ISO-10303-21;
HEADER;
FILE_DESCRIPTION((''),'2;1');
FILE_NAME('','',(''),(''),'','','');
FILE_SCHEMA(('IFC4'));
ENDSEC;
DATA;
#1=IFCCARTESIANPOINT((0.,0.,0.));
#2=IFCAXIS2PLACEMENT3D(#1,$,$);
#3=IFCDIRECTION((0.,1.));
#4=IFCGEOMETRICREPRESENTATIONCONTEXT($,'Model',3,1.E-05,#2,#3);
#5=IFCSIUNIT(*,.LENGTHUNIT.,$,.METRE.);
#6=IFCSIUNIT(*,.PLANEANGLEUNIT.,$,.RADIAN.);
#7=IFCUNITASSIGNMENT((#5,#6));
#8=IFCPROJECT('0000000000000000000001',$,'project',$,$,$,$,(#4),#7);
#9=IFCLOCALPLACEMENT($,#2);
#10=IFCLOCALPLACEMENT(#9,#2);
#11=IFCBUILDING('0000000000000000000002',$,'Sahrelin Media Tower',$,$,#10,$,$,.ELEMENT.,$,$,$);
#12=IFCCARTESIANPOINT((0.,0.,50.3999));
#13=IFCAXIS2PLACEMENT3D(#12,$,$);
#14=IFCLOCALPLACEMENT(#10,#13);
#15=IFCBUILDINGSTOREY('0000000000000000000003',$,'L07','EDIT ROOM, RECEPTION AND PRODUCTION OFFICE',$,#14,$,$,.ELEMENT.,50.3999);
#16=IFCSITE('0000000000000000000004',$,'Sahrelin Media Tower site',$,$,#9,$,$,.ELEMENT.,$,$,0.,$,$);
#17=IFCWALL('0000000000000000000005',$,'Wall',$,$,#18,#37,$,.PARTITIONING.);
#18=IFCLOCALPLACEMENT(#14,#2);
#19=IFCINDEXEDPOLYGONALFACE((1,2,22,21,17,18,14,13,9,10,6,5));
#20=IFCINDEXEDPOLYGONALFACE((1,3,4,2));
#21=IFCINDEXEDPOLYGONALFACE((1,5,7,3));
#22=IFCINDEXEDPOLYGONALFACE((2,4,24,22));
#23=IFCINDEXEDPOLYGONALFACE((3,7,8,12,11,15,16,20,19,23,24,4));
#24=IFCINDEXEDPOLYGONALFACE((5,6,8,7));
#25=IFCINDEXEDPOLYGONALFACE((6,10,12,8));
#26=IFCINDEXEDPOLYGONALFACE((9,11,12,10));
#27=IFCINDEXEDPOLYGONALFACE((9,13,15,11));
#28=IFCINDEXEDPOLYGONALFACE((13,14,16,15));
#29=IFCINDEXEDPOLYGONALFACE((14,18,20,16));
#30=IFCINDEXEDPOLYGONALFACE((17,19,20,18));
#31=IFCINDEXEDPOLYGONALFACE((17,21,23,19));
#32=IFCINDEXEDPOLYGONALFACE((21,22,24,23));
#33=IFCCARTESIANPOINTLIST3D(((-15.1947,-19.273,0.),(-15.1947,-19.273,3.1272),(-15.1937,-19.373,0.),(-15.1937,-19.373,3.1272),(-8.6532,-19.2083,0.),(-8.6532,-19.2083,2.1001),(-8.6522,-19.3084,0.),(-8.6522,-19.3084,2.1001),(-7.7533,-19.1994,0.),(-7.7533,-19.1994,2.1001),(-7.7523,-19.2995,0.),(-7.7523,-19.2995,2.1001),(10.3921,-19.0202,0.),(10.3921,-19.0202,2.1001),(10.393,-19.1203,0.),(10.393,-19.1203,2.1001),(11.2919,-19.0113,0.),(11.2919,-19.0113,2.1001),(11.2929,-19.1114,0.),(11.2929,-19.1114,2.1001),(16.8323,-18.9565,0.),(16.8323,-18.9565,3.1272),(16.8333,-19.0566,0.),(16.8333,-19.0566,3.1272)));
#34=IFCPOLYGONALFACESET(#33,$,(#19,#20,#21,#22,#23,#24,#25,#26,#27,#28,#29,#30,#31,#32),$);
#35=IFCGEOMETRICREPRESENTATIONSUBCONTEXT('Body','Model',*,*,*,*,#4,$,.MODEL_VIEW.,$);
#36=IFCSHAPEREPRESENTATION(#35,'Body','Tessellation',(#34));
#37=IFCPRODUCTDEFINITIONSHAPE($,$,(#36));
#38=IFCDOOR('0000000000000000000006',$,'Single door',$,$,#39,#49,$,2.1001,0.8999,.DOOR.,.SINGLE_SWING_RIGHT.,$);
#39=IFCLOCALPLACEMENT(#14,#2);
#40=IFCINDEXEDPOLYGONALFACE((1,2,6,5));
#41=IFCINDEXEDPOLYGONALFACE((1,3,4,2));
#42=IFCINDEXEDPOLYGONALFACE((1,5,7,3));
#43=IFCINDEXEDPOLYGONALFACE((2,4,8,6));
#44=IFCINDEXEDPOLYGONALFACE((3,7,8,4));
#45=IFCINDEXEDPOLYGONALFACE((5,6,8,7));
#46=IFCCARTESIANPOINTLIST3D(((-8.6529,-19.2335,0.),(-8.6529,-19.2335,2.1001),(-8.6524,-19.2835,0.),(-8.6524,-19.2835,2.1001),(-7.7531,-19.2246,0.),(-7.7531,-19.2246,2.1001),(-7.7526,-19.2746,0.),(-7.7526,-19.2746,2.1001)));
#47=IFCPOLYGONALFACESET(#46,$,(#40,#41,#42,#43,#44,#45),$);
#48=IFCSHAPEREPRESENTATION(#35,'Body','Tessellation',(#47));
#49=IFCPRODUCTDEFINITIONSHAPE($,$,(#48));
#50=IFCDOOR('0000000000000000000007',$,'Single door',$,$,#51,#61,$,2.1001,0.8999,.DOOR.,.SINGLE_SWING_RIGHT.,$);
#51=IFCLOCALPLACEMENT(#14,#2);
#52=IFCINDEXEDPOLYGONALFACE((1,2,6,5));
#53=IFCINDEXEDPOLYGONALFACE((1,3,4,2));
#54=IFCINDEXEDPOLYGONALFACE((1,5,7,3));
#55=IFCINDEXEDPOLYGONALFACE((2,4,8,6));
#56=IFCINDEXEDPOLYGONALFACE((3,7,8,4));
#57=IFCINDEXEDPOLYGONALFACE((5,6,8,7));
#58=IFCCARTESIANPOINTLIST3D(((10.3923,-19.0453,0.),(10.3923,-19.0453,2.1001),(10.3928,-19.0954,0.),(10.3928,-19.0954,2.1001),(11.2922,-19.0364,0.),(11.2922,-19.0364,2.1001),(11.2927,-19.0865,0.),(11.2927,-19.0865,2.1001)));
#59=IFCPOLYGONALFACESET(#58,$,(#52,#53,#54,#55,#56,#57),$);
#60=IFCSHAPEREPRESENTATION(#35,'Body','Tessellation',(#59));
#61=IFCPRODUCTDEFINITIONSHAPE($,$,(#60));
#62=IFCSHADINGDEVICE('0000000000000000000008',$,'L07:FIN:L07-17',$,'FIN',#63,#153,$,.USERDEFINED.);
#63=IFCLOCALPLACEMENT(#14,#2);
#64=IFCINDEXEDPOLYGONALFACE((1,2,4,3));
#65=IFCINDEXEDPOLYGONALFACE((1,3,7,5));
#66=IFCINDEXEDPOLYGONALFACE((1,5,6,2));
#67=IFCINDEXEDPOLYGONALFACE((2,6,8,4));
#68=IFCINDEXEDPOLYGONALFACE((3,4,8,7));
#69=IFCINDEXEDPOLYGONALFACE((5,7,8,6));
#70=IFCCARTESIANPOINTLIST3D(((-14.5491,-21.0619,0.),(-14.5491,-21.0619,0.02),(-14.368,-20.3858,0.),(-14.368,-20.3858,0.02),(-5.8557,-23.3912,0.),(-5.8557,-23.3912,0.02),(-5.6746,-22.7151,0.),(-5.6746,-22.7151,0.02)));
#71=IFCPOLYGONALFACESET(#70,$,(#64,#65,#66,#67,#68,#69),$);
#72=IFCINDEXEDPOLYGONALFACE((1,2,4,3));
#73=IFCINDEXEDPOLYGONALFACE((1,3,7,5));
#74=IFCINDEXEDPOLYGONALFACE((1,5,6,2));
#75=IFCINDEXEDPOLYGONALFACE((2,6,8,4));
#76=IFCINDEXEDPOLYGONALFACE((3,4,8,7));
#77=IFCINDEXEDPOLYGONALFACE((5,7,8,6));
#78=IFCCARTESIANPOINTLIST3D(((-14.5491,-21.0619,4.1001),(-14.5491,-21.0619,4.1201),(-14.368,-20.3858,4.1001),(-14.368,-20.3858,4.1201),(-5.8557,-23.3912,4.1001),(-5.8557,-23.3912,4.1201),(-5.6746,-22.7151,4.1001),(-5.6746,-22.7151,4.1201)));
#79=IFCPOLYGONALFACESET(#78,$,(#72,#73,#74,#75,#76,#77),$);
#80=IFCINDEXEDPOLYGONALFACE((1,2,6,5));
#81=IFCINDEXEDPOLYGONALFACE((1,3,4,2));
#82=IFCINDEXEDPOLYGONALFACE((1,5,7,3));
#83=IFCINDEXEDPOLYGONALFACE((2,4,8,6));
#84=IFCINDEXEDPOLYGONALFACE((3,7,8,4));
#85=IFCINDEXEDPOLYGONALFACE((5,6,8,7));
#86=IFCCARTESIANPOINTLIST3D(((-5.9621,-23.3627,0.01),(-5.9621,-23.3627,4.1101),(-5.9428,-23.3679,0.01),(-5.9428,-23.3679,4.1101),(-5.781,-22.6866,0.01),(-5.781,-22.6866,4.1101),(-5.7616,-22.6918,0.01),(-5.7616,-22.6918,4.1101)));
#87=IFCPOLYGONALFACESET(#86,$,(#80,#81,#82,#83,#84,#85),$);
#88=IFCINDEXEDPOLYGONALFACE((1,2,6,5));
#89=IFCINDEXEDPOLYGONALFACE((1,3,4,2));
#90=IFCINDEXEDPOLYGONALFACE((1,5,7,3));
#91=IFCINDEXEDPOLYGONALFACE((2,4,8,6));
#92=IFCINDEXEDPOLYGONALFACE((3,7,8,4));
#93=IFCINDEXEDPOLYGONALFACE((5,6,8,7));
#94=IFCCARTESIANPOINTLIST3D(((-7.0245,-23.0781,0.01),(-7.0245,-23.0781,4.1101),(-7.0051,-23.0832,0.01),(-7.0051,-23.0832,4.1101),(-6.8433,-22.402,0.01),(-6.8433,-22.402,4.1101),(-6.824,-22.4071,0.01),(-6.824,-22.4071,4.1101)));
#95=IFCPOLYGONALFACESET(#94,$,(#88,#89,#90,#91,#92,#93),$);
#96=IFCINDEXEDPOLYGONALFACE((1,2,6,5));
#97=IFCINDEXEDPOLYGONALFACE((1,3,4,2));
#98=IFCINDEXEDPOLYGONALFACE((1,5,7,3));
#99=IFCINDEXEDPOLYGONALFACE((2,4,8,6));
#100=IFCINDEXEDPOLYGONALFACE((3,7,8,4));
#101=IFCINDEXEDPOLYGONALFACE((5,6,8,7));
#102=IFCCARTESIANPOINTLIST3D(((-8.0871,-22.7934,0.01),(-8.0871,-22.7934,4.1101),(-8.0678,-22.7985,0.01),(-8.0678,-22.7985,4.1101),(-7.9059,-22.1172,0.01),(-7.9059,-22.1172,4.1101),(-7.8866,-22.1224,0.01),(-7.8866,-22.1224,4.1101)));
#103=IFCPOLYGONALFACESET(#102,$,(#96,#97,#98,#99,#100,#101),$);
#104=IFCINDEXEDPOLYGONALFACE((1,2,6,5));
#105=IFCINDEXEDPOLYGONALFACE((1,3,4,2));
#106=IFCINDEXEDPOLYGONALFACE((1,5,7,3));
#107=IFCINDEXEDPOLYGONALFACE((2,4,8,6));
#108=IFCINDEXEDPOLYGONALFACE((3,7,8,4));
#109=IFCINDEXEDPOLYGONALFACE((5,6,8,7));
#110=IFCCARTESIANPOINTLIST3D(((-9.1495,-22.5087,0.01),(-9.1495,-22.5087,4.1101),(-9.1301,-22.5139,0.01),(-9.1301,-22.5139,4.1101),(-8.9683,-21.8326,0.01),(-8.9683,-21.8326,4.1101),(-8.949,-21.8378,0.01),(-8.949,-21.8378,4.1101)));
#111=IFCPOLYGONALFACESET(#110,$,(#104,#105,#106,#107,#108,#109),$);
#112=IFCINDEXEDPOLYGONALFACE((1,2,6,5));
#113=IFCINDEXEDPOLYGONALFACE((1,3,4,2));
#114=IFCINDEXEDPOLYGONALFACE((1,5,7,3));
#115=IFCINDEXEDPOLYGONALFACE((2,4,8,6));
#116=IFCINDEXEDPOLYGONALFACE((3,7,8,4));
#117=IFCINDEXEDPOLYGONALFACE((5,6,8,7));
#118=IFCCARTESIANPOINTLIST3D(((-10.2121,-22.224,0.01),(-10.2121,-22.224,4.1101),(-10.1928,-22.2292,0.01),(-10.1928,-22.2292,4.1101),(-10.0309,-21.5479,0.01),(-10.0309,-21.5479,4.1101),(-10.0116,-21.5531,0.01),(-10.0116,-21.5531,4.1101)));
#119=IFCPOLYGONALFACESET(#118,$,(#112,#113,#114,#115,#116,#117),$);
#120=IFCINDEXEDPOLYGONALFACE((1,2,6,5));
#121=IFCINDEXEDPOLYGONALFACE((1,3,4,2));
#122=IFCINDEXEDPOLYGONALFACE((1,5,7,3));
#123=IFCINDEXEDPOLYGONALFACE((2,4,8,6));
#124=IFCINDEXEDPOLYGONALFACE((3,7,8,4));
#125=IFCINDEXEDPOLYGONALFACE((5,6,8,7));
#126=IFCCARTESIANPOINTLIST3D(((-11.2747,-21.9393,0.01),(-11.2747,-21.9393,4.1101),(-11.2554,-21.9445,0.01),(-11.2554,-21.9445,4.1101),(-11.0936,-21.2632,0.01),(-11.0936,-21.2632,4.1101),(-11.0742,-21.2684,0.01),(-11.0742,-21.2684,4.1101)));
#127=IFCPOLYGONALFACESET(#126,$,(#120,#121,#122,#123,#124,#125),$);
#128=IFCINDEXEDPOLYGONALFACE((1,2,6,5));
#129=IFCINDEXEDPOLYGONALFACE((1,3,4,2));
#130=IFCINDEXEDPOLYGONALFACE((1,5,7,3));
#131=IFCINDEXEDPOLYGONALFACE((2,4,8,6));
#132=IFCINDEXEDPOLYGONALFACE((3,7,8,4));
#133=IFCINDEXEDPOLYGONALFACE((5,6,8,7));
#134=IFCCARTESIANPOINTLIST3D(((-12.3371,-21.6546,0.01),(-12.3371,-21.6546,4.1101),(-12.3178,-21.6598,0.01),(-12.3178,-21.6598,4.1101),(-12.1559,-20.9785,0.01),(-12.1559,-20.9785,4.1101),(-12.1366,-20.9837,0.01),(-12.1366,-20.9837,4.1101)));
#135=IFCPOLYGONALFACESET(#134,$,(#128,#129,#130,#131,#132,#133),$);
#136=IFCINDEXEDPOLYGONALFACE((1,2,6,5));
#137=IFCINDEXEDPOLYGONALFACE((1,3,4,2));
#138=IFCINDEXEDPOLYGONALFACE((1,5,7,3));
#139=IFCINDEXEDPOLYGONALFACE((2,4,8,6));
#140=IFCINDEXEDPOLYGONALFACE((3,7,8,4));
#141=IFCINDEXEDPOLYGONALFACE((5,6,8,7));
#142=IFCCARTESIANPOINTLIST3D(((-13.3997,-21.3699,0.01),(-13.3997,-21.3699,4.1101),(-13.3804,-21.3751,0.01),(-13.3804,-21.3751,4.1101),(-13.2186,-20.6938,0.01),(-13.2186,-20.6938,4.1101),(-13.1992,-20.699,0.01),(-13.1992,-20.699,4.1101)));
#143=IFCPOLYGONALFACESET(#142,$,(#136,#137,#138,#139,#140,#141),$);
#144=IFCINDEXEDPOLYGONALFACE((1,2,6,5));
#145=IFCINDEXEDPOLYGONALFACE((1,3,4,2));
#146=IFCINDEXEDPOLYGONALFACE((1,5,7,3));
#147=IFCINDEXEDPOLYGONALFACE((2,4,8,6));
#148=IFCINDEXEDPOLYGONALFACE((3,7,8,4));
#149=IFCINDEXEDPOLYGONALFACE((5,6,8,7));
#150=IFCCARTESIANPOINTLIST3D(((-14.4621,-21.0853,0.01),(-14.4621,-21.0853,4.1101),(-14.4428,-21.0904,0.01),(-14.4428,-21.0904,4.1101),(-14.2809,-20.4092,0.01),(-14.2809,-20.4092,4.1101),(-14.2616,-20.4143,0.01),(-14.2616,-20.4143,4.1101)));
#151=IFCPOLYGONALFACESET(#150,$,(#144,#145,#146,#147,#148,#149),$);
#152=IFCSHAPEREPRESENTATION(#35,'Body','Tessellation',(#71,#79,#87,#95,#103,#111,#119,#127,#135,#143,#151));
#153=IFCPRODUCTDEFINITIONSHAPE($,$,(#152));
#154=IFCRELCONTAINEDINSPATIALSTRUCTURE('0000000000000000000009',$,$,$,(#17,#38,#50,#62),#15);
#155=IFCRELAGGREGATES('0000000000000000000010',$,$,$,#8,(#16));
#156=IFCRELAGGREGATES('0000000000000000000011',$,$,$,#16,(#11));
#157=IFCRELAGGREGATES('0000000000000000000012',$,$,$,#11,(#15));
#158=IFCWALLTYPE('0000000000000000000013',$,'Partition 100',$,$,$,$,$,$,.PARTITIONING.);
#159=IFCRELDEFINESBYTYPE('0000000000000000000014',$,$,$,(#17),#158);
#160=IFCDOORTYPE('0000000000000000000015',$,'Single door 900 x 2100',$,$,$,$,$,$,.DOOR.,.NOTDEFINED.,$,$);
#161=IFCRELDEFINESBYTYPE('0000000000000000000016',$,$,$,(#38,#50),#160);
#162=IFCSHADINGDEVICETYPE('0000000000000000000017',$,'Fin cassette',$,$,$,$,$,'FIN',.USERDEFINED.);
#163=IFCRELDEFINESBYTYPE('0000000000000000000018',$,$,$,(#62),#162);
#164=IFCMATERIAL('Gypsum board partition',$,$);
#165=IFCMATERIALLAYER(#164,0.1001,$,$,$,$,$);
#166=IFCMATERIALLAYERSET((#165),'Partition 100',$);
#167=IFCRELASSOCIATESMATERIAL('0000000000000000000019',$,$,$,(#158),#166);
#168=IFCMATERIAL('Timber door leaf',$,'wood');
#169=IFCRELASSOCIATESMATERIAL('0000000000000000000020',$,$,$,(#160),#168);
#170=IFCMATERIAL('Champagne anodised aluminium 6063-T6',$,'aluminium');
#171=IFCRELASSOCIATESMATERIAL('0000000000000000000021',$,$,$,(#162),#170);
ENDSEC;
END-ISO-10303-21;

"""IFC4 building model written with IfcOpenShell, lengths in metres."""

from ifc_helpers import new_model, si_unit, direction, frame, frame_2d, origin, origin_2d, place, context, subcontext, project, spatial, rectangle, extrude, material, layer, layer_set, type_object, element, fill, save


model = new_model("IFC4")

# Units and contexts
model_context = context("Model", 3, precision=1e-05, world=origin(), true_north=direction((0.0, 1.0)))
body_context = subcontext(model_context, "Body", "Model", "MODEL_VIEW")
ifc_project = project(units=[si_unit("LENGTHUNIT", "METRE"), si_unit("PLANEANGLEUNIT", "RADIAN")], contexts=[model_context])

# Site, building, storey
site_placement = place(None, origin())
site = spatial("IfcSite", under=ifc_project, at=site_placement, Name="Sahrelin Media Tower site", CompositionType="ELEMENT", RefElevation=0.0)
building_placement = place(site_placement, origin())
building = spatial("IfcBuilding", under=site, at=building_placement, Name="Sahrelin Media Tower", CompositionType="ELEMENT")
storey_placement = place(building_placement, frame((0.0, 0.0, 50.3999)))
storey = spatial("IfcBuildingStorey", under=building, at=storey_placement, Name="L07", Description="EDIT ROOM, RECEPTION AND PRODUCTION OFFICE", CompositionType="ELEMENT", Elevation=50.3999)

# Shared definitions
ifc_material_1 = material(Name="Champagne anodised aluminium 6063-T6", Category="aluminium")

# Wall, openings, doors
ifc_material_2 = material(Name="Gypsum board partition")
ifc_layer_1 = layer(ifc_material_2, 0.1001)
ifc_layer_set_1 = layer_set([ifc_layer_1], Name="Partition 100")
wall_type_1 = type_object("IfcWallType", Name="Partition 100", PredefinedType="PARTITIONING", material=ifc_layer_set_1)
wall_1_placement = place(storey_placement, frame((-15.1941, -19.323, 0.0), z_axis=(0.0, 0.0, 1.0), x_axis=(0.999951, 0.009879, 0.0)))
wall_1 = element("IfcWall", 1, at=wall_1_placement, inside=storey, type_object=wall_type_1, Name="Wall", PredefinedType="PARTITIONING", context=body_context, shape_type="SweptSolid", body=[
    extrude(rectangle(XDim=32.0286, YDim=0.1001, at=frame_2d((16.0142, 0.0))), origin(), (0.0, 0.0, 1.0), 3.1272),
])
opening_1_placement = place(wall_1_placement, frame((6.5417, 0.0, 0.0)))
opening_1 = element("IfcOpeningElement", 2, at=opening_1_placement, cuts=wall_1, PredefinedType="OPENING", context=body_context, shape_type="SweptSolid", body=[
    extrude(rectangle(XDim=0.8999, YDim=2.1001, at=frame_2d((0.45, 1.05))), frame((0.0, 0.05, 0.0), z_axis=(0.0, -1.0, 0.0), x_axis=(1.0, 0.0, 0.0)), (0.0, 0.0, 1.0), 0.1001),
])
opening_2_placement = place(wall_1_placement, frame((25.5879, 0.0, 0.0)))
opening_2 = element("IfcOpeningElement", 3, at=opening_2_placement, cuts=wall_1, PredefinedType="OPENING", context=body_context, shape_type="SweptSolid", body=[
    extrude(rectangle(XDim=0.8999, YDim=2.1001, at=frame_2d((0.45, 1.05))), frame((0.0, 0.05, 0.0), z_axis=(0.0, -1.0, 0.0), x_axis=(1.0, 0.0, 0.0)), (0.0, 0.0, 1.0), 0.1001),
])
ifc_material_3 = material(Name="Timber door leaf", Category="wood")
door_type_1 = type_object("IfcDoorType", Name="Single door 900 x 2100", OperationType="NOTDEFINED", PredefinedType="DOOR", material=ifc_material_3)
door_1_placement = place(opening_1_placement, origin())
door_1 = element("IfcDoor", 4, at=door_1_placement, inside=storey, type_object=door_type_1, Name="Single door", OperationType="SINGLE_SWING_RIGHT", OverallHeight=2.1001, OverallWidth=0.8999, PredefinedType="DOOR", context=body_context, shape_type="SweptSolid", body=[
    extrude(rectangle(XDim=0.8999, YDim=2.1001, at=frame_2d((0.45, 1.05))), frame((0.0, 0.0249, 0.0), z_axis=(0.0, -1.0, 0.0), x_axis=(1.0, 0.0, 0.0)), (0.0, 0.0, 1.0), 0.05),
])
fill(opening_1, door_1)
door_2_placement = place(opening_2_placement, origin())
door_2 = element("IfcDoor", 5, at=door_2_placement, inside=storey, type_object=door_type_1, Name="Single door", OperationType="SINGLE_SWING_RIGHT", OverallHeight=2.1001, OverallWidth=0.8999, PredefinedType="DOOR", context=body_context, shape_type="SweptSolid", body=[
    extrude(rectangle(XDim=0.8999, YDim=2.1001, at=frame_2d((0.45, 1.05))), frame((0.0, 0.0249, 0.0), z_axis=(0.0, -1.0, 0.0), x_axis=(1.0, 0.0, 0.0)), (0.0, 0.0, 1.0), 0.05),
])
fill(opening_2, door_2)

# Shading device
shading_device_type_1 = type_object("IfcShadingDeviceType", Name="Fin cassette", ElementType="FIN", PredefinedType="USERDEFINED", material=ifc_material_1)
placement = place(storey_placement, frame((-10.0032, -21.4829, 0.0), z_axis=(0.0, 0.0, 1.0), x_axis=(-0.965929, 0.258808, 0.0)))
element("IfcShadingDevice", 6, at=placement, inside=storey, type_object=shading_device_type_1, Name="L07:FIN:L07-17", ObjectType="FIN", PredefinedType="USERDEFINED", context=body_context, shape_type="SweptSolid", body=[
    extrude(rectangle(XDim=9.0, YDim=0.7, at=origin_2d()), frame((0.0, 0.4199, 0.0)), (0.0, 0.0, 1.0), 0.02),
    extrude(rectangle(XDim=9.0, YDim=0.7, at=origin_2d()), frame((0.0, 0.4199, 4.1001)), (0.0, 0.0, 1.0), 0.02),
    extrude(rectangle(XDim=0.02, YDim=0.7, at=origin_2d()), frame((-4.3999, 0.4199, 0.01), z_axis=(0.0, 0.0, 1.0), x_axis=(1.0, 0.0, 0.0)), (0.0, 0.0, 1.0), 4.1001),
    extrude(rectangle(XDim=0.02, YDim=0.7, at=origin_2d()), frame((-3.3, 0.4199, 0.01), z_axis=(0.0, 0.0, 1.0), x_axis=(1.0, 0.0, 0.0)), (0.0, 0.0, 1.0), 4.1001),
    extrude(rectangle(XDim=0.02, YDim=0.7, at=origin_2d()), frame((-2.2, 0.4199, 0.01), z_axis=(0.0, 0.0, 1.0), x_axis=(1.0, 0.0, 0.0)), (0.0, 0.0, 1.0), 4.1001),
    extrude(rectangle(XDim=0.02, YDim=0.7, at=origin_2d()), frame((-1.1001, 0.4199, 0.01), z_axis=(0.0, 0.0, 1.0), x_axis=(1.0, 0.0, 0.0)), (0.0, 0.0, 1.0), 4.1001),
    extrude(rectangle(XDim=0.02, YDim=0.7, at=origin_2d()), frame((0.0, 0.4199, 0.01), z_axis=(0.0, 0.0, 1.0), x_axis=(1.0, 0.0, 0.0)), (0.0, 0.0, 1.0), 4.1001),
    extrude(rectangle(XDim=0.02, YDim=0.7, at=origin_2d()), frame((1.1001, 0.4199, 0.01), z_axis=(0.0, 0.0, 1.0), x_axis=(1.0, 0.0, 0.0)), (0.0, 0.0, 1.0), 4.1001),
    extrude(rectangle(XDim=0.02, YDim=0.7, at=origin_2d()), frame((2.2, 0.4199, 0.01), z_axis=(0.0, 0.0, 1.0), x_axis=(1.0, 0.0, 0.0)), (0.0, 0.0, 1.0), 4.1001),
    extrude(rectangle(XDim=0.02, YDim=0.7, at=origin_2d()), frame((3.3, 0.4199, 0.01), z_axis=(0.0, 0.0, 1.0), x_axis=(1.0, 0.0, 0.0)), (0.0, 0.0, 1.0), 4.1001),
    extrude(rectangle(XDim=0.02, YDim=0.7, at=origin_2d()), frame((4.3999, 0.4199, 0.01), z_axis=(0.0, 0.0, 1.0), x_axis=(1.0, 0.0, 0.0)), (0.0, 0.0, 1.0), 4.1001),
])

save(model, "model.ifc")
